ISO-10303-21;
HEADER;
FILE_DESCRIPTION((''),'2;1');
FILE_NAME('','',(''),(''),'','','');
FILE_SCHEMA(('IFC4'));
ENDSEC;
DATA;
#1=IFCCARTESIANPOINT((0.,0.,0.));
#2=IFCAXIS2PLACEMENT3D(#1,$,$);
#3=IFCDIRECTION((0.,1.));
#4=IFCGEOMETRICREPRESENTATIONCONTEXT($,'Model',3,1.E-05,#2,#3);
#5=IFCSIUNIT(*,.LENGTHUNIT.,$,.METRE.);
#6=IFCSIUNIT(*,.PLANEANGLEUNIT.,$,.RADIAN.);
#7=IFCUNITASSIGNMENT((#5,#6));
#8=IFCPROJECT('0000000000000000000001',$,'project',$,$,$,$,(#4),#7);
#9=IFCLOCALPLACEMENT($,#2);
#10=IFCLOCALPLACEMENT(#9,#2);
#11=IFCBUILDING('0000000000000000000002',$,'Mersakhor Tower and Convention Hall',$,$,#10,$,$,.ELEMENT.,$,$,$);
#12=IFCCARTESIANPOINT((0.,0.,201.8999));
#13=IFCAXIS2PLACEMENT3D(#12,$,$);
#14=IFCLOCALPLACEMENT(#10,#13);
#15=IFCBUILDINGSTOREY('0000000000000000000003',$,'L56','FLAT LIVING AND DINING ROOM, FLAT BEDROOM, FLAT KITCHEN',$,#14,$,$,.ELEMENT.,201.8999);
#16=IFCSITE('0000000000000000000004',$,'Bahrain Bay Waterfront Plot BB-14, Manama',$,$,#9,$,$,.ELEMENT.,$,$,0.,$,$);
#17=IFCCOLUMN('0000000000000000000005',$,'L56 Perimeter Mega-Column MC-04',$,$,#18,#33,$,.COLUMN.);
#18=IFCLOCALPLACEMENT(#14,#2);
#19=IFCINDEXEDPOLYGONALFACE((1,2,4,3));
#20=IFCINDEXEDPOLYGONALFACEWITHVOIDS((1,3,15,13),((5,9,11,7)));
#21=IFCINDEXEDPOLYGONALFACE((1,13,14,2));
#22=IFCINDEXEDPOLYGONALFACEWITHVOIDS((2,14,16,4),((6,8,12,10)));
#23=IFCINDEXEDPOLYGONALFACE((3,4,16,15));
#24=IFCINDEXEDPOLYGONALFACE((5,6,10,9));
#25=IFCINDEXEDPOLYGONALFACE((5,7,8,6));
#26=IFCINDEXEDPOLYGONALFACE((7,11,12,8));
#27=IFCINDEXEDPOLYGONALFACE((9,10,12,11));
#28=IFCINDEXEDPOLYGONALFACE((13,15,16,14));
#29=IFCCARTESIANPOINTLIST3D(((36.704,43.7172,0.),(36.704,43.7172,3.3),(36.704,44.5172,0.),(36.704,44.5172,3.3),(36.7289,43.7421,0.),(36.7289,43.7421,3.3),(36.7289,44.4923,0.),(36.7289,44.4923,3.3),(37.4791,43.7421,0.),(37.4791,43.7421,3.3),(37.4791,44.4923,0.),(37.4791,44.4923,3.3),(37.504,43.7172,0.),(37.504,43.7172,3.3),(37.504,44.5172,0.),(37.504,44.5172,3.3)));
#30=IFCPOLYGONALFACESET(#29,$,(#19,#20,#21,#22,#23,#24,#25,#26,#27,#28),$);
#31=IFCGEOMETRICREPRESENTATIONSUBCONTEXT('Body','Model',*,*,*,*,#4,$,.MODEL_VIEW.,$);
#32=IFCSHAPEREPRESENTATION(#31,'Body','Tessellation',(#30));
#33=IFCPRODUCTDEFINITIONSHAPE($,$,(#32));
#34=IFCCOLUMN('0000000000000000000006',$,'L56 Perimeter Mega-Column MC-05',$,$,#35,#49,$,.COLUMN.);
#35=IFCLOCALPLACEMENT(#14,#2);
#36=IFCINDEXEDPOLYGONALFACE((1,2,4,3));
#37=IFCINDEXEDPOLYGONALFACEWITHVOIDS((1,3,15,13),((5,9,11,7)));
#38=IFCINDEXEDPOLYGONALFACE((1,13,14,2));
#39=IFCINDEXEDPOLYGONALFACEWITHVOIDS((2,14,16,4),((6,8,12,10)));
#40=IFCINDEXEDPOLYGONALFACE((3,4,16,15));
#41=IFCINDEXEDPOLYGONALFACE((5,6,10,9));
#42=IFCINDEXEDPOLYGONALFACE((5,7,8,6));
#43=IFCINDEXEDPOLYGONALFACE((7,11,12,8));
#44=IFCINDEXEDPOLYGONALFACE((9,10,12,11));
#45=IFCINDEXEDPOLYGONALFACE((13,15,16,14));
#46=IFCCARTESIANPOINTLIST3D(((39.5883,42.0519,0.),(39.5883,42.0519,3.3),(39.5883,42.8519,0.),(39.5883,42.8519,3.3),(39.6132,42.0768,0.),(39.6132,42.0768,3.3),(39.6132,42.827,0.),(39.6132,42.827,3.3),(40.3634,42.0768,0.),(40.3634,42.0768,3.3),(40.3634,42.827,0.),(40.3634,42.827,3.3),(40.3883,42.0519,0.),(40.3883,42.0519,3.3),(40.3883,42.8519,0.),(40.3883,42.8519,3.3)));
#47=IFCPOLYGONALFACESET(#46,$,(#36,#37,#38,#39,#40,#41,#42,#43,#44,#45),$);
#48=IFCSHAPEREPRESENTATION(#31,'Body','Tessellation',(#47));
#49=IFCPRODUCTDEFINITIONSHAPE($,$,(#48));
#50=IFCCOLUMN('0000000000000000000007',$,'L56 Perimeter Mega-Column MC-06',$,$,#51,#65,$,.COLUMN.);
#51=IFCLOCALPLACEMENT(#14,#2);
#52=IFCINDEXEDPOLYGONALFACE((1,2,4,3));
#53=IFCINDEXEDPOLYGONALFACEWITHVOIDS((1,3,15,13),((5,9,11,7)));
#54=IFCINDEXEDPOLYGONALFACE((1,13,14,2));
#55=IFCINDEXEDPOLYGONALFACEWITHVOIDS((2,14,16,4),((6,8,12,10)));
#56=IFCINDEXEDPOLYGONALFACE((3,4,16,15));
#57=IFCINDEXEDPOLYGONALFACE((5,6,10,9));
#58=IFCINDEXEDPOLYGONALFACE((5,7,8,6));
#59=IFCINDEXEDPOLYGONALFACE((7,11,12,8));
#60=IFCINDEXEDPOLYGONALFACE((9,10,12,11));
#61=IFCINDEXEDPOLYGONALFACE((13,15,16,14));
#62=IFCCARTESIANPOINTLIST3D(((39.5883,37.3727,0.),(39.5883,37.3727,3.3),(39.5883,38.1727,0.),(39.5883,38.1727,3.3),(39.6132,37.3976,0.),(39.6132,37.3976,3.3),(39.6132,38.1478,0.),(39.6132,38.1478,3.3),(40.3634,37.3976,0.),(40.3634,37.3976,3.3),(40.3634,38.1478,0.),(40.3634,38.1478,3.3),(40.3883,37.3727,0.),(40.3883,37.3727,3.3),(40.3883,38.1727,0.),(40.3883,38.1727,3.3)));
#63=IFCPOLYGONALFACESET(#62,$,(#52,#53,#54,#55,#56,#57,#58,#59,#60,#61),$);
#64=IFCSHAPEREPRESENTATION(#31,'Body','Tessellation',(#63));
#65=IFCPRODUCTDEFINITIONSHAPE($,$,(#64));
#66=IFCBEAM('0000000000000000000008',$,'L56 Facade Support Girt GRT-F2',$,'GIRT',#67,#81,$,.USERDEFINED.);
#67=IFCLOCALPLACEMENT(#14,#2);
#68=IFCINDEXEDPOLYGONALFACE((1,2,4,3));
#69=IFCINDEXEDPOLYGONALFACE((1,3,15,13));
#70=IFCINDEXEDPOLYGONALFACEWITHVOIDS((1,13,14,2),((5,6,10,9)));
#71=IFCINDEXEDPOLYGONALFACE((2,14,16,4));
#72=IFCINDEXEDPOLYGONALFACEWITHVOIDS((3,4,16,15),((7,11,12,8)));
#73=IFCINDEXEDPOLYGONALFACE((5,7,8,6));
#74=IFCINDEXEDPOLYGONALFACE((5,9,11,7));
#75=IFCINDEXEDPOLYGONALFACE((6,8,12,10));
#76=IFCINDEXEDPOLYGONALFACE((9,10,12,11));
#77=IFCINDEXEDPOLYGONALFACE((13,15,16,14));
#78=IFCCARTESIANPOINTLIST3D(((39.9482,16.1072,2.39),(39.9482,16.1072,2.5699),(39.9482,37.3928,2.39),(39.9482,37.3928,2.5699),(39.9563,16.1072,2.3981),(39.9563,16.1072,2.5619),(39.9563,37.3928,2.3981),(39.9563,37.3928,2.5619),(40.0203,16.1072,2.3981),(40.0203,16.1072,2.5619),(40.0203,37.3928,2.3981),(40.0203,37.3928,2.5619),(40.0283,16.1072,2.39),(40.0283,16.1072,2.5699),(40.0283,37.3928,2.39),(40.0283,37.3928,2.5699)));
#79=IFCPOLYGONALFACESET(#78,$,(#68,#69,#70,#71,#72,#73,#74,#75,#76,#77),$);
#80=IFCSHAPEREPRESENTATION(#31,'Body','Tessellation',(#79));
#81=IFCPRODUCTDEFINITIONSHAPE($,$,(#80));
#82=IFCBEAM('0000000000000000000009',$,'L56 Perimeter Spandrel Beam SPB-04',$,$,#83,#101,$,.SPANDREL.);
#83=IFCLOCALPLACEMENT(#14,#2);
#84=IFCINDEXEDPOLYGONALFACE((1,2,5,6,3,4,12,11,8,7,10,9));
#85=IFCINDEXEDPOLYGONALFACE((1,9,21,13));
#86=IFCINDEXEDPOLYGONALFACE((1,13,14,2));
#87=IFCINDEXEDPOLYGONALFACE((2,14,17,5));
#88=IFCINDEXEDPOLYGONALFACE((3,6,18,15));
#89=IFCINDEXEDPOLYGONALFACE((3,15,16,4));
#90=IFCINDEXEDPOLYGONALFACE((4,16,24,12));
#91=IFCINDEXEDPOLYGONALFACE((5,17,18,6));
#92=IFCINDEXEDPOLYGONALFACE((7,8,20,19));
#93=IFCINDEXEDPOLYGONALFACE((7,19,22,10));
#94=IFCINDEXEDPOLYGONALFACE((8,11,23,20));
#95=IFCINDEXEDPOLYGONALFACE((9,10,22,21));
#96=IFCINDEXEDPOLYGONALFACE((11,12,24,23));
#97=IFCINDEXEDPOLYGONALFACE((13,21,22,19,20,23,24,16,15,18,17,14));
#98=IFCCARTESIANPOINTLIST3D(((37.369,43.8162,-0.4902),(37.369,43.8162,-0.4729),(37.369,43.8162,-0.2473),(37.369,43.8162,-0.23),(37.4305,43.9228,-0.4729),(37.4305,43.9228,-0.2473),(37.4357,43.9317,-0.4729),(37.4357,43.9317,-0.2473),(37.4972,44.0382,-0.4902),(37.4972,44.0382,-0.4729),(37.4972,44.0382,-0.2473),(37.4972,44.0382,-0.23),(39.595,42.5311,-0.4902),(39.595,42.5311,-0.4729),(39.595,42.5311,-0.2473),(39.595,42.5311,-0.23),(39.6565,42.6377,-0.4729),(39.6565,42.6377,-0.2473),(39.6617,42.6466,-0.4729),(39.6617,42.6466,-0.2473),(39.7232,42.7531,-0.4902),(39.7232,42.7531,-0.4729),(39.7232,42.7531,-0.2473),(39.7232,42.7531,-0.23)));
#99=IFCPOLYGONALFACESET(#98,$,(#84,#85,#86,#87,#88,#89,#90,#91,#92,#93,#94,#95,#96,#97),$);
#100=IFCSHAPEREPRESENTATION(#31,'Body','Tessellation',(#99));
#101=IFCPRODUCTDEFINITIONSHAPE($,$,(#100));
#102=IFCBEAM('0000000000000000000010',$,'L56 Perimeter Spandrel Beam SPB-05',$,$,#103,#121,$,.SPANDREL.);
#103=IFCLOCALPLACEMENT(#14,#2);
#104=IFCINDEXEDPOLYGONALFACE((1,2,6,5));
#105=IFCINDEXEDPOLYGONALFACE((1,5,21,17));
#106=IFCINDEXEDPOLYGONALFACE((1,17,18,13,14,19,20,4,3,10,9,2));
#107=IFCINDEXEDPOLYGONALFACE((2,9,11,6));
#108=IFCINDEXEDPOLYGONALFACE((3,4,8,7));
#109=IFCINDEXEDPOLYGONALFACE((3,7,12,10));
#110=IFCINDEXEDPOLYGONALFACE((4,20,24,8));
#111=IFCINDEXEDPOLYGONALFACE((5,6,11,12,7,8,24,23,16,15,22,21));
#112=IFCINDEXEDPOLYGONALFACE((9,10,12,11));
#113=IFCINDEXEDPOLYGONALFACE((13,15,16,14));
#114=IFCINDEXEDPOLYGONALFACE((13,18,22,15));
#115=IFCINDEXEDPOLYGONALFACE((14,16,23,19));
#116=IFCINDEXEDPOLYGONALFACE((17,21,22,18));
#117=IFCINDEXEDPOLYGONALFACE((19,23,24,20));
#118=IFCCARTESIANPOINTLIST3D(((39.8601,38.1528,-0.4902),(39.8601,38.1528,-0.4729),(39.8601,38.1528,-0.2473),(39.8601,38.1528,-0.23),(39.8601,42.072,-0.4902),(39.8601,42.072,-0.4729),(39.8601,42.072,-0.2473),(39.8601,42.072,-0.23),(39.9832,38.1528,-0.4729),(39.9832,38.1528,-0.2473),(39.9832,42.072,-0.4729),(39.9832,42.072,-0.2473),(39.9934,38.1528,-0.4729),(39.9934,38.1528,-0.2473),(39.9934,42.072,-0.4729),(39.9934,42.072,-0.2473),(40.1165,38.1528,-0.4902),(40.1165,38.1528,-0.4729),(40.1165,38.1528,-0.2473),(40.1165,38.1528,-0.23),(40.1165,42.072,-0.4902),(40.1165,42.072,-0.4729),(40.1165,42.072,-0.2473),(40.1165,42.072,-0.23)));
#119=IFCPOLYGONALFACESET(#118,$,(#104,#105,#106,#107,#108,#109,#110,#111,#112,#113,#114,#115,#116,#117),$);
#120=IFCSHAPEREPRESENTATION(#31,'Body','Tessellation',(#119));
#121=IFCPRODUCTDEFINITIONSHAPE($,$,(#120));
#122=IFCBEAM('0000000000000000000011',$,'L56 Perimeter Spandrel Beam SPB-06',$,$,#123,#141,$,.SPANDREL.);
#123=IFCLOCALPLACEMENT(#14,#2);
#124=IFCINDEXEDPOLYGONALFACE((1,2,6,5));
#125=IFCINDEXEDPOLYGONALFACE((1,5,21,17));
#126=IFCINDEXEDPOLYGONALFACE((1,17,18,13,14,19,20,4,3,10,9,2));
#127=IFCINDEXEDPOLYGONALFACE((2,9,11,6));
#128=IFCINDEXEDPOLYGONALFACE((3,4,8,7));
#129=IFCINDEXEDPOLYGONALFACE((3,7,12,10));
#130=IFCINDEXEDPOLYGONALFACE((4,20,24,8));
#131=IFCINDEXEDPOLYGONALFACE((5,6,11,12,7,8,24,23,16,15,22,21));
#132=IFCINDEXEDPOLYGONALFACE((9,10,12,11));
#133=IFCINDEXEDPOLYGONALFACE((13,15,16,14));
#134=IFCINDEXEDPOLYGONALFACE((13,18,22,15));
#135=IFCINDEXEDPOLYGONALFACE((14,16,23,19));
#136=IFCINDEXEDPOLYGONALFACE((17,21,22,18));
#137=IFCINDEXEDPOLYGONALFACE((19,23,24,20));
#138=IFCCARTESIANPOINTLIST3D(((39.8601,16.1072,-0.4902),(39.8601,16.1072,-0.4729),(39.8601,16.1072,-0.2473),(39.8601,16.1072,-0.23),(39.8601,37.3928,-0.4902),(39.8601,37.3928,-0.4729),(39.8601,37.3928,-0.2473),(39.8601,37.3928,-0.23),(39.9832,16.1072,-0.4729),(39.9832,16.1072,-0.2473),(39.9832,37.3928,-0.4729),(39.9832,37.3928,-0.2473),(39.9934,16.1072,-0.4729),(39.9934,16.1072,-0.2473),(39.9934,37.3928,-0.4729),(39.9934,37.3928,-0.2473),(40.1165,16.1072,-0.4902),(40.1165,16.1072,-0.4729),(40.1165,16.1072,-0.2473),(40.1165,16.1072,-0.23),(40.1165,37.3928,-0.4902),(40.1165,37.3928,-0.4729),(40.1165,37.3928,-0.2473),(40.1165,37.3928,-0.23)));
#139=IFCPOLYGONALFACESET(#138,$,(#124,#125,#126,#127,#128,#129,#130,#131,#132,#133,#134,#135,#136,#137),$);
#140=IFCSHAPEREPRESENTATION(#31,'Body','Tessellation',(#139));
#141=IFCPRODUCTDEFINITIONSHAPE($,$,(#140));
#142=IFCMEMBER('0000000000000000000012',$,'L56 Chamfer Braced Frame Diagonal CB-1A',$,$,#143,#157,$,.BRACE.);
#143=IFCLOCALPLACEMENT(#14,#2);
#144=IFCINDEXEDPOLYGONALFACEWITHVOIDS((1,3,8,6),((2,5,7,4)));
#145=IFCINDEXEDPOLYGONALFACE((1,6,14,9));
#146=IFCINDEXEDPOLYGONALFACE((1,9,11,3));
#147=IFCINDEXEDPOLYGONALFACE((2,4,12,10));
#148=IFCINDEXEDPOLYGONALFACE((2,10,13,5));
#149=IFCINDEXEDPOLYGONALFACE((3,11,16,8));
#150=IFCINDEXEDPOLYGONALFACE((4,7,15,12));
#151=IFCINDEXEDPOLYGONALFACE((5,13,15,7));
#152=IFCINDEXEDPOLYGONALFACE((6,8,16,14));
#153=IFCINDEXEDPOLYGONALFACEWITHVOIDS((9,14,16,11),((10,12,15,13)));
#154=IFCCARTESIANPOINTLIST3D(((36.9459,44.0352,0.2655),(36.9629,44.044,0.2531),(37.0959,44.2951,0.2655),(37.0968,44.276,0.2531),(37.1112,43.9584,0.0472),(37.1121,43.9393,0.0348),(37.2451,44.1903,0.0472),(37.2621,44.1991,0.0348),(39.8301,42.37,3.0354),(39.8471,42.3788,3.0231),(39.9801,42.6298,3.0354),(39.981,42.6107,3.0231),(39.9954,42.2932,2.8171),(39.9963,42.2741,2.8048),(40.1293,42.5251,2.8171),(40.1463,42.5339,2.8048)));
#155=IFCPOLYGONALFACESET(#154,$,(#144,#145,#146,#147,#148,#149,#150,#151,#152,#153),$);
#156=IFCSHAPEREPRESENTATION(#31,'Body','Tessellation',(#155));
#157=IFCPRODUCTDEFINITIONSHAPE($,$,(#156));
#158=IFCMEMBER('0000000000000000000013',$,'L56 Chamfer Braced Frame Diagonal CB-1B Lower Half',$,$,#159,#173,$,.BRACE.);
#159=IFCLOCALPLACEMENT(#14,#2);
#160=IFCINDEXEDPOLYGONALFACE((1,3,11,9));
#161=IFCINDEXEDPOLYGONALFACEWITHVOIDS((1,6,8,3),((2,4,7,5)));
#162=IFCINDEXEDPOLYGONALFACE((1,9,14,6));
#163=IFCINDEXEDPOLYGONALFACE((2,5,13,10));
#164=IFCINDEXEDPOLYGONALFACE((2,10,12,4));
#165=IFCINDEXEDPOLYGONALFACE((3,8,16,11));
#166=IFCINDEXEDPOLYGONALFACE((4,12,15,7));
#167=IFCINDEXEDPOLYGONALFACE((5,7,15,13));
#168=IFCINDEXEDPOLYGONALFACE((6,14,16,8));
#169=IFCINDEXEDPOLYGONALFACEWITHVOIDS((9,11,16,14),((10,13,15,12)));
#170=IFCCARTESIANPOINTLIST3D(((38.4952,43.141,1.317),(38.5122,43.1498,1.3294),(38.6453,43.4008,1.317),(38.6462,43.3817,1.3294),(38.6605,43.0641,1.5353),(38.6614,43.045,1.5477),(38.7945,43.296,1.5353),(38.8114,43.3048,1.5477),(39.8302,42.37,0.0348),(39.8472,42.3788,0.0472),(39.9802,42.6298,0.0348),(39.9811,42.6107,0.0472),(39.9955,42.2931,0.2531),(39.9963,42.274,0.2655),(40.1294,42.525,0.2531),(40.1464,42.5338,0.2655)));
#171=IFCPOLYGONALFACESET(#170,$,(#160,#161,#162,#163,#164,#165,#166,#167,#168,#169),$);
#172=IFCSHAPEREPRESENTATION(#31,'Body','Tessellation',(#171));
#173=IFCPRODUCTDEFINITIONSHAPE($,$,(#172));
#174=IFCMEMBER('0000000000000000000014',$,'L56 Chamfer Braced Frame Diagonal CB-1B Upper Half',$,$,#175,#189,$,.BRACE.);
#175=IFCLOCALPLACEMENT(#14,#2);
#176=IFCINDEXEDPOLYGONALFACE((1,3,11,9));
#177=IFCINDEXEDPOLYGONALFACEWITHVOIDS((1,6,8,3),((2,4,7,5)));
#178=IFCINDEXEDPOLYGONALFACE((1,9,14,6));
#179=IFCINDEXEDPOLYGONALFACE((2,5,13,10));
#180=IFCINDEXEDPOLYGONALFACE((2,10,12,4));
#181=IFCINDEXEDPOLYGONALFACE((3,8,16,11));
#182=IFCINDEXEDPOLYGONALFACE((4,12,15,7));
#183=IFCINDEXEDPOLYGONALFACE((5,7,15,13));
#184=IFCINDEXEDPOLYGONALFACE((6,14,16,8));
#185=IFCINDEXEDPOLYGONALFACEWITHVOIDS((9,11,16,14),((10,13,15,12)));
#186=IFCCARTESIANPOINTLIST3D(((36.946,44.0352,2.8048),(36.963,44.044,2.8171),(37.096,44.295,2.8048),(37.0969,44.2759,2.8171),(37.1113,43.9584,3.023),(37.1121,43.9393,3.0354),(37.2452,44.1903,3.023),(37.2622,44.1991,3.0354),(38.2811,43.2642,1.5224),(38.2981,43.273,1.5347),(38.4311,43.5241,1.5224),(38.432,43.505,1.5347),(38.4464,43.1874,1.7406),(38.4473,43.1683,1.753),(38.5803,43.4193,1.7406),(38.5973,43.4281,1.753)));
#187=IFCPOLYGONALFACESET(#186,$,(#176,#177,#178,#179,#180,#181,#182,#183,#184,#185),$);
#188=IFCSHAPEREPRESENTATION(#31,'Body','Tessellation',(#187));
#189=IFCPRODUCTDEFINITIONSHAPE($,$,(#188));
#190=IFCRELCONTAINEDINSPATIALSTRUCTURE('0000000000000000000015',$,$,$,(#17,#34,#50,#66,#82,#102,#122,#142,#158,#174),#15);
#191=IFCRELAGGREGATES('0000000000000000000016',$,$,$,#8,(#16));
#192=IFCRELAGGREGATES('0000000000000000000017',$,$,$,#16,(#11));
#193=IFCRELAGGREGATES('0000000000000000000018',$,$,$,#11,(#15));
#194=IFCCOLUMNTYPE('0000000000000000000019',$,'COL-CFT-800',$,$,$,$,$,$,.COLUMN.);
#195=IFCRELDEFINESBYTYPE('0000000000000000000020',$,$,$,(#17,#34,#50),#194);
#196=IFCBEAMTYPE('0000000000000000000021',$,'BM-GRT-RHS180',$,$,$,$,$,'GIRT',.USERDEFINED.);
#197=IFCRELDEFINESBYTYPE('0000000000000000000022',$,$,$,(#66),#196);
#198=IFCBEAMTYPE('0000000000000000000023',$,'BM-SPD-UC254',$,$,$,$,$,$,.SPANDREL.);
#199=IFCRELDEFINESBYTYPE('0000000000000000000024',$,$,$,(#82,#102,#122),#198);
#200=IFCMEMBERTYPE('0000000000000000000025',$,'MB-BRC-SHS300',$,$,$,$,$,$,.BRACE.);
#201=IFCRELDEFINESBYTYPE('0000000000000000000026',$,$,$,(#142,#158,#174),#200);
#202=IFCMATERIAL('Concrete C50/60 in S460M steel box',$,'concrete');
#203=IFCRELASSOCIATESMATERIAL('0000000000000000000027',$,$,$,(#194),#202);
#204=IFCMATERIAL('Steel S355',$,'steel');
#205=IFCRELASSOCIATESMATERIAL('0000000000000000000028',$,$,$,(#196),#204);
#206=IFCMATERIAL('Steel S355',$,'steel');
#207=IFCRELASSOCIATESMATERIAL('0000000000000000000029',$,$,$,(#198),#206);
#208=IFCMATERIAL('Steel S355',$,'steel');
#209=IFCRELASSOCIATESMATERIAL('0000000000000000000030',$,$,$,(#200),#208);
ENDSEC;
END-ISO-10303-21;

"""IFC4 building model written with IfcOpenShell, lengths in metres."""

from ifc_helpers import new_model, si_unit, direction, frame, origin, origin_2d, place, context, subcontext, project, spatial, hollow_rectangle, i_section, extrude, material, material_profile, profile_set, type_object, element, save


model = new_model("IFC4")

# Units and contexts
model_context = context("Model", 3, precision=1e-05, world=origin(), true_north=direction((0.0, 1.0)))
body_context = subcontext(model_context, "Body", "Model", "MODEL_VIEW")
ifc_project = project(units=[si_unit("LENGTHUNIT", "METRE"), si_unit("PLANEANGLEUNIT", "RADIAN")], contexts=[model_context])

# Site, building, storey
site_placement = place(None, origin())
site = spatial("IfcSite", under=ifc_project, at=site_placement, Name="Bahrain Bay Waterfront Plot BB-14, Manama", CompositionType="ELEMENT", RefElevation=0.0)
building_placement = place(site_placement, origin())
building = spatial("IfcBuilding", under=site, at=building_placement, Name="Mersakhor Tower and Convention Hall", CompositionType="ELEMENT")
storey_placement = place(building_placement, frame((0.0, 0.0, 201.8999)))
storey = spatial("IfcBuildingStorey", under=building, at=storey_placement, Name="L56", Description="FLAT LIVING AND DINING ROOM, FLAT BEDROOM, FLAT KITCHEN", CompositionType="ELEMENT", Elevation=201.8999)

# Columns
ifc_material_1 = material(Name="Concrete C50/60 in S460M steel box", Category="concrete")
ifc_material_profile_1 = material_profile(ifc_material_1, hollow_rectangle(XDim=0.8, YDim=0.8, WallThickness=0.0249, at=origin_2d()), Name="SHS 800x800x25")
ifc_profile_set_1 = profile_set([ifc_material_profile_1], Name="Concrete C50/60 in S460M steel box")
column_type = type_object("IfcColumnType", Name="COL-CFT-800", PredefinedType="COLUMN", material=ifc_profile_set_1)
for number, where, z_axis, x_axis, name in (
    (1, (37.104, 44.1172, 0.0), (0.0, 0.0, 1.0), (1.0, 0.0, 0.0), "L56 Perimeter Mega-Column MC-04"),
    (2, (39.9883, 42.4519, 0.0), (0.0, 0.0, 1.0), (1.0, 0.0, 0.0), "L56 Perimeter Mega-Column MC-05"),
    (3, (39.9883, 37.7727, 0.0), (0.0, 0.0, 1.0), (1.0, 0.0, 0.0), "L56 Perimeter Mega-Column MC-06"),
):
    element("IfcColumn", number, at=place(storey_placement, frame(where, z_axis=z_axis, x_axis=x_axis)), inside=storey, type_object=column_type, Name=name, PredefinedType="COLUMN", context=body_context, shape_type="SweptSolid", body=[
        extrude(hollow_rectangle(XDim=0.8, YDim=0.8, WallThickness=0.0249, at=origin_2d()), origin(), (0.0, 0.0, 1.0), 3.3),
    ])

# Beams
ifc_material_2 = material(Name="Steel S355", Category="steel")
ifc_material_profile_2 = material_profile(ifc_material_2, hollow_rectangle(XDim=0.0801, YDim=0.1799, WallThickness=0.0081, at=origin_2d()), Name="RHS 180x80x8")
ifc_profile_set_2 = profile_set([ifc_material_profile_2], Name="Steel S355")
beam_type_1 = type_object("IfcBeamType", Name="BM-GRT-RHS180", ElementType="GIRT", PredefinedType="USERDEFINED", material=ifc_profile_set_2)
beam_1_placement = place(storey_placement, frame((39.9883, 37.3928, 2.48), z_axis=(0.0, -1.0, 0.0), x_axis=(1.0, 0.0, 0.0)))
element("IfcBeam", 4, at=beam_1_placement, inside=storey, type_object=beam_type_1, Name="L56 Facade Support Girt GRT-F2", ObjectType="GIRT", PredefinedType="USERDEFINED", context=body_context, shape_type="SweptSolid", body=[
    extrude(hollow_rectangle(XDim=0.0801, YDim=0.1799, WallThickness=0.0081, at=origin_2d()), origin(), (0.0, 0.0, 1.0), 21.2856),
])
ifc_material_3 = material(Name="Steel S355", Category="steel")
ifc_material_profile_3 = material_profile(ifc_material_3, i_section(OverallWidth=0.2563, OverallDepth=0.2603, WebThickness=0.0103, FlangeThickness=0.0173, at=origin_2d()), Name="UC 254x254x89")
ifc_profile_set_3 = profile_set([ifc_material_profile_3], Name="Steel S355")
beam_type_2 = type_object("IfcBeamType", Name="BM-SPD-UC254", PredefinedType="SPANDREL", material=ifc_profile_set_3)
beam_2_placement = place(storey_placement, frame((37.4331, 43.9272, -0.3601), z_axis=(0.866037, -0.49998, 0.0), x_axis=(0.49998, 0.866037, 0.0)))
element("IfcBeam", 5, at=beam_2_placement, inside=storey, type_object=beam_type_2, Name="L56 Perimeter Spandrel Beam SPB-04", PredefinedType="SPANDREL", context=body_context, shape_type="SweptSolid", body=[
    extrude(i_section(OverallWidth=0.2563, OverallDepth=0.2603, WebThickness=0.0103, FlangeThickness=0.0173, at=origin_2d()), origin(), (0.0, 0.0, 1.0), 2.5703),
])
beam_3_placement = place(storey_placement, frame((39.9883, 42.072, -0.3601), z_axis=(0.0, -1.0, 0.0), x_axis=(1.0, 0.0, 0.0)))
element("IfcBeam", 6, at=beam_3_placement, inside=storey, type_object=beam_type_2, Name="L56 Perimeter Spandrel Beam SPB-05", PredefinedType="SPANDREL", context=body_context, shape_type="SweptSolid", body=[
    extrude(i_section(OverallWidth=0.2563, OverallDepth=0.2603, WebThickness=0.0103, FlangeThickness=0.0173, at=origin_2d()), origin(), (0.0, 0.0, 1.0), 3.9192),
])
beam_4_placement = place(storey_placement, frame((39.9883, 37.3928, -0.3601), z_axis=(0.0, -1.0, 0.0), x_axis=(1.0, 0.0, 0.0)))
element("IfcBeam", 7, at=beam_4_placement, inside=storey, type_object=beam_type_2, Name="L56 Perimeter Spandrel Beam SPB-06", PredefinedType="SPANDREL", context=body_context, shape_type="SweptSolid", body=[
    extrude(i_section(OverallWidth=0.2563, OverallDepth=0.2603, WebThickness=0.0103, FlangeThickness=0.0173, at=origin_2d()), origin(), (0.0, 0.0, 1.0), 21.2856),
])

# Members
ifc_material_4 = material(Name="Steel S355", Category="steel")
ifc_material_profile_4 = material_profile(ifc_material_4, hollow_rectangle(XDim=0.3, YDim=0.3, WallThickness=0.0161, at=origin_2d()), Name="SHS 300x300x16")
ifc_profile_set_4 = profile_set([ifc_material_profile_4], Name="Steel S355")
member_type = type_object("IfcMemberType", Name="MB-BRC-SHS300", PredefinedType="BRACE", material=ifc_profile_set_4)
member_1_placement = place(storey_placement, frame((37.104, 44.1172, 0.1501), z_axis=(0.665825, -0.384425, 0.639449), x_axis=(0.50001, 0.86602, 0.0)))
element("IfcMember", 8, at=member_1_placement, inside=storey, type_object=member_type, Name="L56 Chamfer Braced Frame Diagonal CB-1A", PredefinedType="BRACE", context=body_context, shape_type="SweptSolid", body=[
    extrude(hollow_rectangle(XDim=0.3, YDim=0.3, WallThickness=0.0161, at=origin_2d()), origin(), (0.0, 0.0, 1.0), 4.3318),
])
member_2_placement = place(storey_placement, frame((39.9883, 42.4519, 0.1501), z_axis=(-0.665763, 0.384506, 0.639464), x_axis=(-0.500125, -0.865953, 0.0)))
element("IfcMember", 9, at=member_2_placement, inside=storey, type_object=member_type, Name="L56 Chamfer Braced Frame Diagonal CB-1B Lower Half", PredefinedType="BRACE", context=body_context, shape_type="SweptSolid", body=[
    extrude(hollow_rectangle(XDim=0.3, YDim=0.3, WallThickness=0.0161, at=origin_2d()), origin(), (0.0, 0.0, 1.0), 2.0051),
])
member_3_placement = place(storey_placement, frame((38.4392, 43.3462, 1.6377), z_axis=(-0.665779, 0.384445, 0.639484), x_axis=(-0.500056, -0.865993, 0.0)))
element("IfcMember", 10, at=member_3_placement, inside=storey, type_object=member_type, Name="L56 Chamfer Braced Frame Diagonal CB-1B Upper Half", PredefinedType="BRACE", context=body_context, shape_type="SweptSolid", body=[
    extrude(hollow_rectangle(XDim=0.3, YDim=0.3, WallThickness=0.0161, at=origin_2d()), origin(), (0.0, 0.0, 1.0), 2.0054),
])

save(model, "model.ifc")
